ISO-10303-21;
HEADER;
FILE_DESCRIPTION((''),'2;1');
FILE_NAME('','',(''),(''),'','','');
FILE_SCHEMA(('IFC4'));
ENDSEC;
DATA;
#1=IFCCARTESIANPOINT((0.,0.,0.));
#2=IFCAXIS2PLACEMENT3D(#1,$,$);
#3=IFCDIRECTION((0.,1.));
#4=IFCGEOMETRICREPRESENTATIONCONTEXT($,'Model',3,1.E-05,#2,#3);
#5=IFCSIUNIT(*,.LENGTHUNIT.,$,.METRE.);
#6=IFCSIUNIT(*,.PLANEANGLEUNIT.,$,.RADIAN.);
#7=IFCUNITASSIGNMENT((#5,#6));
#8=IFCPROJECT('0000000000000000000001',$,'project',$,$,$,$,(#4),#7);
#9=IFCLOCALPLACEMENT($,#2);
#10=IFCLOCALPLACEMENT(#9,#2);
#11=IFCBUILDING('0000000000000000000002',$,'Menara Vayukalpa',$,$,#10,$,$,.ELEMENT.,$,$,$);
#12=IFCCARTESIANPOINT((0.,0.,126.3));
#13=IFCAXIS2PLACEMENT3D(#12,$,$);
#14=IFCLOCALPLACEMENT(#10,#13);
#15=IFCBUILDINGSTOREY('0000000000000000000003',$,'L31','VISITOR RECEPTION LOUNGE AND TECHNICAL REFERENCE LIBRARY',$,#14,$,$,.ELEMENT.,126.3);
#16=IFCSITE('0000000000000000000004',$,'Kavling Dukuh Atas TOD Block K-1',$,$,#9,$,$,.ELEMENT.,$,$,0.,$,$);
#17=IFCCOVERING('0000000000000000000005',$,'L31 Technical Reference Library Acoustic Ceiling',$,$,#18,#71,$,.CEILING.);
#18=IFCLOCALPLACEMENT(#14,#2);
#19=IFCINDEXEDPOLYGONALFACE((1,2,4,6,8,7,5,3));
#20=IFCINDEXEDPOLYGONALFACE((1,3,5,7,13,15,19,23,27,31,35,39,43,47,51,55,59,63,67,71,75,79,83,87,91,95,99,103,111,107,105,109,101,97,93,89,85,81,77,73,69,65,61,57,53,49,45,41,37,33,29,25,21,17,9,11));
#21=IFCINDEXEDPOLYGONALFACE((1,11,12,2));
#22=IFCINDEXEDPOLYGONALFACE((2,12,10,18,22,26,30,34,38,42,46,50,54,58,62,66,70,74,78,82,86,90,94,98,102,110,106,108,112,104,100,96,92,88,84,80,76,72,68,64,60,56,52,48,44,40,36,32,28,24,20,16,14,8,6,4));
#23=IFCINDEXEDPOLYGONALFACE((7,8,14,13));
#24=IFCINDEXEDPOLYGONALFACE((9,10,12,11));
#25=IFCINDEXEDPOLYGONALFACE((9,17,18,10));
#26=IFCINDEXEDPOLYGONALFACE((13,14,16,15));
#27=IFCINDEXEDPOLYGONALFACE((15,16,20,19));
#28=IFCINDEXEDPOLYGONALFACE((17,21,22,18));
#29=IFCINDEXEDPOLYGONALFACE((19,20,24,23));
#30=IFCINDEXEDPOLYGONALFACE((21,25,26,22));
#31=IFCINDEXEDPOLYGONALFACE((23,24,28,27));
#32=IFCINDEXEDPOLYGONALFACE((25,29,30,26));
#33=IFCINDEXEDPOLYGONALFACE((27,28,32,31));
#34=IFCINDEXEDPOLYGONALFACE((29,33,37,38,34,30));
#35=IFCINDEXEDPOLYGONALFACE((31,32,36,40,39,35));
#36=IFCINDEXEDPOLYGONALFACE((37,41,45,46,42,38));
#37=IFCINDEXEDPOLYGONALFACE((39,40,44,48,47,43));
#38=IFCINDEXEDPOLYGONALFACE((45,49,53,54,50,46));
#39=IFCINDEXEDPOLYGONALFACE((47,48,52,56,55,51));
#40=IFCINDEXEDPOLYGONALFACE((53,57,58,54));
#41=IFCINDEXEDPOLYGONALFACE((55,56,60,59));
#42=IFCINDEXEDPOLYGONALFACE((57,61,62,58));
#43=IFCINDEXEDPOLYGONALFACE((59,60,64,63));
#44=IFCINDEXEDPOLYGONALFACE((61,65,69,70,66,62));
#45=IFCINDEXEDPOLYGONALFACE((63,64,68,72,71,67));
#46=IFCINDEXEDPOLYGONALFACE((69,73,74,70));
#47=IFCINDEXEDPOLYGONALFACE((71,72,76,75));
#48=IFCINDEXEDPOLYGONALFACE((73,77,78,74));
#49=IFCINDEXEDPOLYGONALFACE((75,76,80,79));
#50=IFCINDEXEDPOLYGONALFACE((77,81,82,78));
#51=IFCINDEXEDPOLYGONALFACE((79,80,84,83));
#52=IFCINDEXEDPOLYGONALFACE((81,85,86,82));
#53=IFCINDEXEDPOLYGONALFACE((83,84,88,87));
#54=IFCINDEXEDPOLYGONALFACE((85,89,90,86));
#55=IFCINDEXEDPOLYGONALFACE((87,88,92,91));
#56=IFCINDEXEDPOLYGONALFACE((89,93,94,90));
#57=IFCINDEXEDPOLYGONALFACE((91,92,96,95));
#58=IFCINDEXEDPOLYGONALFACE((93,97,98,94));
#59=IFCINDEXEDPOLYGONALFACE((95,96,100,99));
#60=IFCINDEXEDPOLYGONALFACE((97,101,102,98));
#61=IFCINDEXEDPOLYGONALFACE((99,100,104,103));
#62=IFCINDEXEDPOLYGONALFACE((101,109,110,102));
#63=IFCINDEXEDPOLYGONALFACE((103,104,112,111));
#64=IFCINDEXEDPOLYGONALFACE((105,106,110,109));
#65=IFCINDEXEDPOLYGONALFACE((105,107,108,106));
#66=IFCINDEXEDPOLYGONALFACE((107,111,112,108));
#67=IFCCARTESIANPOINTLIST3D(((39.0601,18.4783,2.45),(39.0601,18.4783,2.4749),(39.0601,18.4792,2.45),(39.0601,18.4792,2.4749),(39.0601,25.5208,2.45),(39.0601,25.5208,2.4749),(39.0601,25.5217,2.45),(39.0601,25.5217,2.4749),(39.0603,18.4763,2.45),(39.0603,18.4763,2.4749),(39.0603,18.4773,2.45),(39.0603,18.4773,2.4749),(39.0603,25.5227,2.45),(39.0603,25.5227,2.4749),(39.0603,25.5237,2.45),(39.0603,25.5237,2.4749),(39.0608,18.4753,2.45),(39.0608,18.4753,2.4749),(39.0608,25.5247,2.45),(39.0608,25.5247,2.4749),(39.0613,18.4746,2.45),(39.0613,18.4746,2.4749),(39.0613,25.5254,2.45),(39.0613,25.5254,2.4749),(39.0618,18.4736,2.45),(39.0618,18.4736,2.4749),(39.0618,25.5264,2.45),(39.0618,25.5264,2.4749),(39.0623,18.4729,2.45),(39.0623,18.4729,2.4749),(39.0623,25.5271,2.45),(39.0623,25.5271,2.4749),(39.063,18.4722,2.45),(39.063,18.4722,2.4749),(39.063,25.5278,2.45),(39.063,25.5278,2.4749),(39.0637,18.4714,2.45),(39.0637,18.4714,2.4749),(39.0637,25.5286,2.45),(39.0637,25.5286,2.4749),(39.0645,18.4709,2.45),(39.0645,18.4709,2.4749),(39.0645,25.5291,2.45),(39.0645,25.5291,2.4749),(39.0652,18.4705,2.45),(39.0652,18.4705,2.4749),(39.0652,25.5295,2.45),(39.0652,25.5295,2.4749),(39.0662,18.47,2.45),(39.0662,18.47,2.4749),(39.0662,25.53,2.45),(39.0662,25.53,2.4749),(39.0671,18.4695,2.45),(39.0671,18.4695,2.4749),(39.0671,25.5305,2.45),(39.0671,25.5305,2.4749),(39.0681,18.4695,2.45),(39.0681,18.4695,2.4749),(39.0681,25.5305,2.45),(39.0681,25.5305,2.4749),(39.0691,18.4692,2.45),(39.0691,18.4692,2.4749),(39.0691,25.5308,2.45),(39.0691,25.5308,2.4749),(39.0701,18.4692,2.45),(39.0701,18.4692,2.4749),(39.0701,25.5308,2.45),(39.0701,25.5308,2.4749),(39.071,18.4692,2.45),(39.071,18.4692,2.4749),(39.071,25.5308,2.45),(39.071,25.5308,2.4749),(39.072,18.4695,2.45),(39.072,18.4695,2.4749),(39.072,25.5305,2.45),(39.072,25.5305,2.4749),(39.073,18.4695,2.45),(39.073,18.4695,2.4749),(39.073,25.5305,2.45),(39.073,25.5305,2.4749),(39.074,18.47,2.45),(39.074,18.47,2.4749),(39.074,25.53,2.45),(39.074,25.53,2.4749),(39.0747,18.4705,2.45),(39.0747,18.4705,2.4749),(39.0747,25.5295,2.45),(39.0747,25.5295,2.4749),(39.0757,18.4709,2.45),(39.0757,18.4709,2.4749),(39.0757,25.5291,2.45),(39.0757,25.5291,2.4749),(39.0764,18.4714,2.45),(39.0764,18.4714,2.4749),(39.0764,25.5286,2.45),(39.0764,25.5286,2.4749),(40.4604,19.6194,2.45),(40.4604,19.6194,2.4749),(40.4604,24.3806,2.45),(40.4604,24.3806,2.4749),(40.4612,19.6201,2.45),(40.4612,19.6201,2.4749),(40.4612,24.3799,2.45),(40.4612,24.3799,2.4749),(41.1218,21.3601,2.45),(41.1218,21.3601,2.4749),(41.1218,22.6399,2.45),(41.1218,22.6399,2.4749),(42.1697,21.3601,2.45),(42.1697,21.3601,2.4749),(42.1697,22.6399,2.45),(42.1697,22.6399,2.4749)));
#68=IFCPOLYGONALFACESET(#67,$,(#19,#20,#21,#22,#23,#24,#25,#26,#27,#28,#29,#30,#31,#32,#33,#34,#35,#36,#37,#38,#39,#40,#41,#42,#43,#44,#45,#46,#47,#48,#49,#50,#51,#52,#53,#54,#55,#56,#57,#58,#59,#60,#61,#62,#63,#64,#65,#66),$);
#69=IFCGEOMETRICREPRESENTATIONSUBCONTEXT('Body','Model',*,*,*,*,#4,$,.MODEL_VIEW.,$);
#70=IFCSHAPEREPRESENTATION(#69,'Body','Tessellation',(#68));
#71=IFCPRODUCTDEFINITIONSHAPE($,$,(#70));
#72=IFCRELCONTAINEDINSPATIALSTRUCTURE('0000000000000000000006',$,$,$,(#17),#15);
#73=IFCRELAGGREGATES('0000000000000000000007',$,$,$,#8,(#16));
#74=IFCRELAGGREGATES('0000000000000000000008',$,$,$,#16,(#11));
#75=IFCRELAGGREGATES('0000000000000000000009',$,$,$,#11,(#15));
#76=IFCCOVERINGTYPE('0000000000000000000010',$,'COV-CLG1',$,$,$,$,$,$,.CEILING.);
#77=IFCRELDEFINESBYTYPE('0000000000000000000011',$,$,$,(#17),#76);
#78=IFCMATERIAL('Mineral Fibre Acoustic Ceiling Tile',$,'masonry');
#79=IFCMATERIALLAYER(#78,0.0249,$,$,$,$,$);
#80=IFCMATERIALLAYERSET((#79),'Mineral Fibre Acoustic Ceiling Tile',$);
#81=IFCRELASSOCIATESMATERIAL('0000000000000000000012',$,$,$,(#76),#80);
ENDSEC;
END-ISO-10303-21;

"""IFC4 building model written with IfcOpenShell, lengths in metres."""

from ifc_helpers import new_model, si_unit, direction, frame, origin, place, context, subcontext, project, spatial, polyline, outline, extrude, material, layer, layer_set, type_object, element, save


model = new_model("IFC4")

# Units and contexts
model_context = context("Model", 3, precision=1e-05, world=origin(), true_north=direction((0.0, 1.0)))
body_context = subcontext(model_context, "Body", "Model", "MODEL_VIEW")
ifc_project = project(units=[si_unit("LENGTHUNIT", "METRE"), si_unit("PLANEANGLEUNIT", "RADIAN")], contexts=[model_context])

# Site, building, storey
site_placement = place(None, origin())
site = spatial("IfcSite", under=ifc_project, at=site_placement, Name="Kavling Dukuh Atas TOD Block K-1", CompositionType="ELEMENT", RefElevation=0.0)
building_placement = place(site_placement, origin())
building = spatial("IfcBuilding", under=site, at=building_placement, Name="Menara Vayukalpa", CompositionType="ELEMENT")
storey_placement = place(building_placement, frame((0.0, 0.0, 126.3)))
storey = spatial("IfcBuildingStorey", under=building, at=storey_placement, Name="L31", Description="VISITOR RECEPTION LOUNGE AND TECHNICAL REFERENCE LIBRARY", CompositionType="ELEMENT", Elevation=126.3)

# Covering
ifc_material_1 = material(Name="Mineral Fibre Acoustic Ceiling Tile", Category="masonry")
ifc_layer_1 = layer(ifc_material_1, 0.0249)
ifc_layer_set_1 = layer_set([ifc_layer_1], Name="Mineral Fibre Acoustic Ceiling Tile")
covering_type_1 = type_object("IfcCoveringType", Name="COV-CLG1", PredefinedType="CEILING", material=ifc_layer_set_1)
covering_1_placement = place(storey_placement, frame((0.0, 0.0, 2.45)))
element("IfcCovering", 1, at=covering_1_placement, inside=storey, type_object=covering_type_1, Name="L31 Technical Reference Library Acoustic Ceiling", PredefinedType="CEILING", context=body_context, shape_type="SweptSolid", body=[
    extrude(outline(polyline([(42.1697, 22.6399), (41.1218, 22.6399), (41.1218, 21.3601), (42.1697, 21.3601), (40.4612, 19.6201), (40.4604, 19.6194), (39.0764, 18.4714), (39.0757, 18.4709), (39.0747, 18.4705), (39.074, 18.47), (39.073, 18.4695), (39.072, 18.4695), (39.071, 18.4692), (39.0701, 18.4692), (39.0691, 18.4692), (39.0681, 18.4695), (39.0671, 18.4695), (39.0662, 18.47), (39.0652, 18.4705), (39.0645, 18.4709), (39.0637, 18.4714), (39.063, 18.4722), (39.0623, 18.4729), (39.0618, 18.4736), (39.0613, 18.4746), (39.0608, 18.4753), (39.0603, 18.4763), (39.0603, 18.4773), (39.0601, 18.4783), (39.0601, 18.4792), (39.0601, 25.5208), (39.0601, 25.5217), (39.0603, 25.5227), (39.0603, 25.5237), (39.0608, 25.5247), (39.0613, 25.5254), (39.0618, 25.5264), (39.0623, 25.5271), (39.063, 25.5278), (39.0637, 25.5286), (39.0645, 25.5291), (39.0652, 25.5295), (39.0662, 25.53), (39.0671, 25.5305), (39.0681, 25.5305), (39.0691, 25.5308), (39.0701, 25.5308), (39.071, 25.5308), (39.072, 25.5305), (39.073, 25.5305), (39.074, 25.53), (39.0747, 25.5295), (39.0757, 25.5291), (39.0764, 25.5286), (40.4604, 24.3806), (40.4612, 24.3799), (42.1697, 22.6399)])), origin(), (0.0, 0.0, 1.0), 0.0249),
])

save(model, "model.ifc")
